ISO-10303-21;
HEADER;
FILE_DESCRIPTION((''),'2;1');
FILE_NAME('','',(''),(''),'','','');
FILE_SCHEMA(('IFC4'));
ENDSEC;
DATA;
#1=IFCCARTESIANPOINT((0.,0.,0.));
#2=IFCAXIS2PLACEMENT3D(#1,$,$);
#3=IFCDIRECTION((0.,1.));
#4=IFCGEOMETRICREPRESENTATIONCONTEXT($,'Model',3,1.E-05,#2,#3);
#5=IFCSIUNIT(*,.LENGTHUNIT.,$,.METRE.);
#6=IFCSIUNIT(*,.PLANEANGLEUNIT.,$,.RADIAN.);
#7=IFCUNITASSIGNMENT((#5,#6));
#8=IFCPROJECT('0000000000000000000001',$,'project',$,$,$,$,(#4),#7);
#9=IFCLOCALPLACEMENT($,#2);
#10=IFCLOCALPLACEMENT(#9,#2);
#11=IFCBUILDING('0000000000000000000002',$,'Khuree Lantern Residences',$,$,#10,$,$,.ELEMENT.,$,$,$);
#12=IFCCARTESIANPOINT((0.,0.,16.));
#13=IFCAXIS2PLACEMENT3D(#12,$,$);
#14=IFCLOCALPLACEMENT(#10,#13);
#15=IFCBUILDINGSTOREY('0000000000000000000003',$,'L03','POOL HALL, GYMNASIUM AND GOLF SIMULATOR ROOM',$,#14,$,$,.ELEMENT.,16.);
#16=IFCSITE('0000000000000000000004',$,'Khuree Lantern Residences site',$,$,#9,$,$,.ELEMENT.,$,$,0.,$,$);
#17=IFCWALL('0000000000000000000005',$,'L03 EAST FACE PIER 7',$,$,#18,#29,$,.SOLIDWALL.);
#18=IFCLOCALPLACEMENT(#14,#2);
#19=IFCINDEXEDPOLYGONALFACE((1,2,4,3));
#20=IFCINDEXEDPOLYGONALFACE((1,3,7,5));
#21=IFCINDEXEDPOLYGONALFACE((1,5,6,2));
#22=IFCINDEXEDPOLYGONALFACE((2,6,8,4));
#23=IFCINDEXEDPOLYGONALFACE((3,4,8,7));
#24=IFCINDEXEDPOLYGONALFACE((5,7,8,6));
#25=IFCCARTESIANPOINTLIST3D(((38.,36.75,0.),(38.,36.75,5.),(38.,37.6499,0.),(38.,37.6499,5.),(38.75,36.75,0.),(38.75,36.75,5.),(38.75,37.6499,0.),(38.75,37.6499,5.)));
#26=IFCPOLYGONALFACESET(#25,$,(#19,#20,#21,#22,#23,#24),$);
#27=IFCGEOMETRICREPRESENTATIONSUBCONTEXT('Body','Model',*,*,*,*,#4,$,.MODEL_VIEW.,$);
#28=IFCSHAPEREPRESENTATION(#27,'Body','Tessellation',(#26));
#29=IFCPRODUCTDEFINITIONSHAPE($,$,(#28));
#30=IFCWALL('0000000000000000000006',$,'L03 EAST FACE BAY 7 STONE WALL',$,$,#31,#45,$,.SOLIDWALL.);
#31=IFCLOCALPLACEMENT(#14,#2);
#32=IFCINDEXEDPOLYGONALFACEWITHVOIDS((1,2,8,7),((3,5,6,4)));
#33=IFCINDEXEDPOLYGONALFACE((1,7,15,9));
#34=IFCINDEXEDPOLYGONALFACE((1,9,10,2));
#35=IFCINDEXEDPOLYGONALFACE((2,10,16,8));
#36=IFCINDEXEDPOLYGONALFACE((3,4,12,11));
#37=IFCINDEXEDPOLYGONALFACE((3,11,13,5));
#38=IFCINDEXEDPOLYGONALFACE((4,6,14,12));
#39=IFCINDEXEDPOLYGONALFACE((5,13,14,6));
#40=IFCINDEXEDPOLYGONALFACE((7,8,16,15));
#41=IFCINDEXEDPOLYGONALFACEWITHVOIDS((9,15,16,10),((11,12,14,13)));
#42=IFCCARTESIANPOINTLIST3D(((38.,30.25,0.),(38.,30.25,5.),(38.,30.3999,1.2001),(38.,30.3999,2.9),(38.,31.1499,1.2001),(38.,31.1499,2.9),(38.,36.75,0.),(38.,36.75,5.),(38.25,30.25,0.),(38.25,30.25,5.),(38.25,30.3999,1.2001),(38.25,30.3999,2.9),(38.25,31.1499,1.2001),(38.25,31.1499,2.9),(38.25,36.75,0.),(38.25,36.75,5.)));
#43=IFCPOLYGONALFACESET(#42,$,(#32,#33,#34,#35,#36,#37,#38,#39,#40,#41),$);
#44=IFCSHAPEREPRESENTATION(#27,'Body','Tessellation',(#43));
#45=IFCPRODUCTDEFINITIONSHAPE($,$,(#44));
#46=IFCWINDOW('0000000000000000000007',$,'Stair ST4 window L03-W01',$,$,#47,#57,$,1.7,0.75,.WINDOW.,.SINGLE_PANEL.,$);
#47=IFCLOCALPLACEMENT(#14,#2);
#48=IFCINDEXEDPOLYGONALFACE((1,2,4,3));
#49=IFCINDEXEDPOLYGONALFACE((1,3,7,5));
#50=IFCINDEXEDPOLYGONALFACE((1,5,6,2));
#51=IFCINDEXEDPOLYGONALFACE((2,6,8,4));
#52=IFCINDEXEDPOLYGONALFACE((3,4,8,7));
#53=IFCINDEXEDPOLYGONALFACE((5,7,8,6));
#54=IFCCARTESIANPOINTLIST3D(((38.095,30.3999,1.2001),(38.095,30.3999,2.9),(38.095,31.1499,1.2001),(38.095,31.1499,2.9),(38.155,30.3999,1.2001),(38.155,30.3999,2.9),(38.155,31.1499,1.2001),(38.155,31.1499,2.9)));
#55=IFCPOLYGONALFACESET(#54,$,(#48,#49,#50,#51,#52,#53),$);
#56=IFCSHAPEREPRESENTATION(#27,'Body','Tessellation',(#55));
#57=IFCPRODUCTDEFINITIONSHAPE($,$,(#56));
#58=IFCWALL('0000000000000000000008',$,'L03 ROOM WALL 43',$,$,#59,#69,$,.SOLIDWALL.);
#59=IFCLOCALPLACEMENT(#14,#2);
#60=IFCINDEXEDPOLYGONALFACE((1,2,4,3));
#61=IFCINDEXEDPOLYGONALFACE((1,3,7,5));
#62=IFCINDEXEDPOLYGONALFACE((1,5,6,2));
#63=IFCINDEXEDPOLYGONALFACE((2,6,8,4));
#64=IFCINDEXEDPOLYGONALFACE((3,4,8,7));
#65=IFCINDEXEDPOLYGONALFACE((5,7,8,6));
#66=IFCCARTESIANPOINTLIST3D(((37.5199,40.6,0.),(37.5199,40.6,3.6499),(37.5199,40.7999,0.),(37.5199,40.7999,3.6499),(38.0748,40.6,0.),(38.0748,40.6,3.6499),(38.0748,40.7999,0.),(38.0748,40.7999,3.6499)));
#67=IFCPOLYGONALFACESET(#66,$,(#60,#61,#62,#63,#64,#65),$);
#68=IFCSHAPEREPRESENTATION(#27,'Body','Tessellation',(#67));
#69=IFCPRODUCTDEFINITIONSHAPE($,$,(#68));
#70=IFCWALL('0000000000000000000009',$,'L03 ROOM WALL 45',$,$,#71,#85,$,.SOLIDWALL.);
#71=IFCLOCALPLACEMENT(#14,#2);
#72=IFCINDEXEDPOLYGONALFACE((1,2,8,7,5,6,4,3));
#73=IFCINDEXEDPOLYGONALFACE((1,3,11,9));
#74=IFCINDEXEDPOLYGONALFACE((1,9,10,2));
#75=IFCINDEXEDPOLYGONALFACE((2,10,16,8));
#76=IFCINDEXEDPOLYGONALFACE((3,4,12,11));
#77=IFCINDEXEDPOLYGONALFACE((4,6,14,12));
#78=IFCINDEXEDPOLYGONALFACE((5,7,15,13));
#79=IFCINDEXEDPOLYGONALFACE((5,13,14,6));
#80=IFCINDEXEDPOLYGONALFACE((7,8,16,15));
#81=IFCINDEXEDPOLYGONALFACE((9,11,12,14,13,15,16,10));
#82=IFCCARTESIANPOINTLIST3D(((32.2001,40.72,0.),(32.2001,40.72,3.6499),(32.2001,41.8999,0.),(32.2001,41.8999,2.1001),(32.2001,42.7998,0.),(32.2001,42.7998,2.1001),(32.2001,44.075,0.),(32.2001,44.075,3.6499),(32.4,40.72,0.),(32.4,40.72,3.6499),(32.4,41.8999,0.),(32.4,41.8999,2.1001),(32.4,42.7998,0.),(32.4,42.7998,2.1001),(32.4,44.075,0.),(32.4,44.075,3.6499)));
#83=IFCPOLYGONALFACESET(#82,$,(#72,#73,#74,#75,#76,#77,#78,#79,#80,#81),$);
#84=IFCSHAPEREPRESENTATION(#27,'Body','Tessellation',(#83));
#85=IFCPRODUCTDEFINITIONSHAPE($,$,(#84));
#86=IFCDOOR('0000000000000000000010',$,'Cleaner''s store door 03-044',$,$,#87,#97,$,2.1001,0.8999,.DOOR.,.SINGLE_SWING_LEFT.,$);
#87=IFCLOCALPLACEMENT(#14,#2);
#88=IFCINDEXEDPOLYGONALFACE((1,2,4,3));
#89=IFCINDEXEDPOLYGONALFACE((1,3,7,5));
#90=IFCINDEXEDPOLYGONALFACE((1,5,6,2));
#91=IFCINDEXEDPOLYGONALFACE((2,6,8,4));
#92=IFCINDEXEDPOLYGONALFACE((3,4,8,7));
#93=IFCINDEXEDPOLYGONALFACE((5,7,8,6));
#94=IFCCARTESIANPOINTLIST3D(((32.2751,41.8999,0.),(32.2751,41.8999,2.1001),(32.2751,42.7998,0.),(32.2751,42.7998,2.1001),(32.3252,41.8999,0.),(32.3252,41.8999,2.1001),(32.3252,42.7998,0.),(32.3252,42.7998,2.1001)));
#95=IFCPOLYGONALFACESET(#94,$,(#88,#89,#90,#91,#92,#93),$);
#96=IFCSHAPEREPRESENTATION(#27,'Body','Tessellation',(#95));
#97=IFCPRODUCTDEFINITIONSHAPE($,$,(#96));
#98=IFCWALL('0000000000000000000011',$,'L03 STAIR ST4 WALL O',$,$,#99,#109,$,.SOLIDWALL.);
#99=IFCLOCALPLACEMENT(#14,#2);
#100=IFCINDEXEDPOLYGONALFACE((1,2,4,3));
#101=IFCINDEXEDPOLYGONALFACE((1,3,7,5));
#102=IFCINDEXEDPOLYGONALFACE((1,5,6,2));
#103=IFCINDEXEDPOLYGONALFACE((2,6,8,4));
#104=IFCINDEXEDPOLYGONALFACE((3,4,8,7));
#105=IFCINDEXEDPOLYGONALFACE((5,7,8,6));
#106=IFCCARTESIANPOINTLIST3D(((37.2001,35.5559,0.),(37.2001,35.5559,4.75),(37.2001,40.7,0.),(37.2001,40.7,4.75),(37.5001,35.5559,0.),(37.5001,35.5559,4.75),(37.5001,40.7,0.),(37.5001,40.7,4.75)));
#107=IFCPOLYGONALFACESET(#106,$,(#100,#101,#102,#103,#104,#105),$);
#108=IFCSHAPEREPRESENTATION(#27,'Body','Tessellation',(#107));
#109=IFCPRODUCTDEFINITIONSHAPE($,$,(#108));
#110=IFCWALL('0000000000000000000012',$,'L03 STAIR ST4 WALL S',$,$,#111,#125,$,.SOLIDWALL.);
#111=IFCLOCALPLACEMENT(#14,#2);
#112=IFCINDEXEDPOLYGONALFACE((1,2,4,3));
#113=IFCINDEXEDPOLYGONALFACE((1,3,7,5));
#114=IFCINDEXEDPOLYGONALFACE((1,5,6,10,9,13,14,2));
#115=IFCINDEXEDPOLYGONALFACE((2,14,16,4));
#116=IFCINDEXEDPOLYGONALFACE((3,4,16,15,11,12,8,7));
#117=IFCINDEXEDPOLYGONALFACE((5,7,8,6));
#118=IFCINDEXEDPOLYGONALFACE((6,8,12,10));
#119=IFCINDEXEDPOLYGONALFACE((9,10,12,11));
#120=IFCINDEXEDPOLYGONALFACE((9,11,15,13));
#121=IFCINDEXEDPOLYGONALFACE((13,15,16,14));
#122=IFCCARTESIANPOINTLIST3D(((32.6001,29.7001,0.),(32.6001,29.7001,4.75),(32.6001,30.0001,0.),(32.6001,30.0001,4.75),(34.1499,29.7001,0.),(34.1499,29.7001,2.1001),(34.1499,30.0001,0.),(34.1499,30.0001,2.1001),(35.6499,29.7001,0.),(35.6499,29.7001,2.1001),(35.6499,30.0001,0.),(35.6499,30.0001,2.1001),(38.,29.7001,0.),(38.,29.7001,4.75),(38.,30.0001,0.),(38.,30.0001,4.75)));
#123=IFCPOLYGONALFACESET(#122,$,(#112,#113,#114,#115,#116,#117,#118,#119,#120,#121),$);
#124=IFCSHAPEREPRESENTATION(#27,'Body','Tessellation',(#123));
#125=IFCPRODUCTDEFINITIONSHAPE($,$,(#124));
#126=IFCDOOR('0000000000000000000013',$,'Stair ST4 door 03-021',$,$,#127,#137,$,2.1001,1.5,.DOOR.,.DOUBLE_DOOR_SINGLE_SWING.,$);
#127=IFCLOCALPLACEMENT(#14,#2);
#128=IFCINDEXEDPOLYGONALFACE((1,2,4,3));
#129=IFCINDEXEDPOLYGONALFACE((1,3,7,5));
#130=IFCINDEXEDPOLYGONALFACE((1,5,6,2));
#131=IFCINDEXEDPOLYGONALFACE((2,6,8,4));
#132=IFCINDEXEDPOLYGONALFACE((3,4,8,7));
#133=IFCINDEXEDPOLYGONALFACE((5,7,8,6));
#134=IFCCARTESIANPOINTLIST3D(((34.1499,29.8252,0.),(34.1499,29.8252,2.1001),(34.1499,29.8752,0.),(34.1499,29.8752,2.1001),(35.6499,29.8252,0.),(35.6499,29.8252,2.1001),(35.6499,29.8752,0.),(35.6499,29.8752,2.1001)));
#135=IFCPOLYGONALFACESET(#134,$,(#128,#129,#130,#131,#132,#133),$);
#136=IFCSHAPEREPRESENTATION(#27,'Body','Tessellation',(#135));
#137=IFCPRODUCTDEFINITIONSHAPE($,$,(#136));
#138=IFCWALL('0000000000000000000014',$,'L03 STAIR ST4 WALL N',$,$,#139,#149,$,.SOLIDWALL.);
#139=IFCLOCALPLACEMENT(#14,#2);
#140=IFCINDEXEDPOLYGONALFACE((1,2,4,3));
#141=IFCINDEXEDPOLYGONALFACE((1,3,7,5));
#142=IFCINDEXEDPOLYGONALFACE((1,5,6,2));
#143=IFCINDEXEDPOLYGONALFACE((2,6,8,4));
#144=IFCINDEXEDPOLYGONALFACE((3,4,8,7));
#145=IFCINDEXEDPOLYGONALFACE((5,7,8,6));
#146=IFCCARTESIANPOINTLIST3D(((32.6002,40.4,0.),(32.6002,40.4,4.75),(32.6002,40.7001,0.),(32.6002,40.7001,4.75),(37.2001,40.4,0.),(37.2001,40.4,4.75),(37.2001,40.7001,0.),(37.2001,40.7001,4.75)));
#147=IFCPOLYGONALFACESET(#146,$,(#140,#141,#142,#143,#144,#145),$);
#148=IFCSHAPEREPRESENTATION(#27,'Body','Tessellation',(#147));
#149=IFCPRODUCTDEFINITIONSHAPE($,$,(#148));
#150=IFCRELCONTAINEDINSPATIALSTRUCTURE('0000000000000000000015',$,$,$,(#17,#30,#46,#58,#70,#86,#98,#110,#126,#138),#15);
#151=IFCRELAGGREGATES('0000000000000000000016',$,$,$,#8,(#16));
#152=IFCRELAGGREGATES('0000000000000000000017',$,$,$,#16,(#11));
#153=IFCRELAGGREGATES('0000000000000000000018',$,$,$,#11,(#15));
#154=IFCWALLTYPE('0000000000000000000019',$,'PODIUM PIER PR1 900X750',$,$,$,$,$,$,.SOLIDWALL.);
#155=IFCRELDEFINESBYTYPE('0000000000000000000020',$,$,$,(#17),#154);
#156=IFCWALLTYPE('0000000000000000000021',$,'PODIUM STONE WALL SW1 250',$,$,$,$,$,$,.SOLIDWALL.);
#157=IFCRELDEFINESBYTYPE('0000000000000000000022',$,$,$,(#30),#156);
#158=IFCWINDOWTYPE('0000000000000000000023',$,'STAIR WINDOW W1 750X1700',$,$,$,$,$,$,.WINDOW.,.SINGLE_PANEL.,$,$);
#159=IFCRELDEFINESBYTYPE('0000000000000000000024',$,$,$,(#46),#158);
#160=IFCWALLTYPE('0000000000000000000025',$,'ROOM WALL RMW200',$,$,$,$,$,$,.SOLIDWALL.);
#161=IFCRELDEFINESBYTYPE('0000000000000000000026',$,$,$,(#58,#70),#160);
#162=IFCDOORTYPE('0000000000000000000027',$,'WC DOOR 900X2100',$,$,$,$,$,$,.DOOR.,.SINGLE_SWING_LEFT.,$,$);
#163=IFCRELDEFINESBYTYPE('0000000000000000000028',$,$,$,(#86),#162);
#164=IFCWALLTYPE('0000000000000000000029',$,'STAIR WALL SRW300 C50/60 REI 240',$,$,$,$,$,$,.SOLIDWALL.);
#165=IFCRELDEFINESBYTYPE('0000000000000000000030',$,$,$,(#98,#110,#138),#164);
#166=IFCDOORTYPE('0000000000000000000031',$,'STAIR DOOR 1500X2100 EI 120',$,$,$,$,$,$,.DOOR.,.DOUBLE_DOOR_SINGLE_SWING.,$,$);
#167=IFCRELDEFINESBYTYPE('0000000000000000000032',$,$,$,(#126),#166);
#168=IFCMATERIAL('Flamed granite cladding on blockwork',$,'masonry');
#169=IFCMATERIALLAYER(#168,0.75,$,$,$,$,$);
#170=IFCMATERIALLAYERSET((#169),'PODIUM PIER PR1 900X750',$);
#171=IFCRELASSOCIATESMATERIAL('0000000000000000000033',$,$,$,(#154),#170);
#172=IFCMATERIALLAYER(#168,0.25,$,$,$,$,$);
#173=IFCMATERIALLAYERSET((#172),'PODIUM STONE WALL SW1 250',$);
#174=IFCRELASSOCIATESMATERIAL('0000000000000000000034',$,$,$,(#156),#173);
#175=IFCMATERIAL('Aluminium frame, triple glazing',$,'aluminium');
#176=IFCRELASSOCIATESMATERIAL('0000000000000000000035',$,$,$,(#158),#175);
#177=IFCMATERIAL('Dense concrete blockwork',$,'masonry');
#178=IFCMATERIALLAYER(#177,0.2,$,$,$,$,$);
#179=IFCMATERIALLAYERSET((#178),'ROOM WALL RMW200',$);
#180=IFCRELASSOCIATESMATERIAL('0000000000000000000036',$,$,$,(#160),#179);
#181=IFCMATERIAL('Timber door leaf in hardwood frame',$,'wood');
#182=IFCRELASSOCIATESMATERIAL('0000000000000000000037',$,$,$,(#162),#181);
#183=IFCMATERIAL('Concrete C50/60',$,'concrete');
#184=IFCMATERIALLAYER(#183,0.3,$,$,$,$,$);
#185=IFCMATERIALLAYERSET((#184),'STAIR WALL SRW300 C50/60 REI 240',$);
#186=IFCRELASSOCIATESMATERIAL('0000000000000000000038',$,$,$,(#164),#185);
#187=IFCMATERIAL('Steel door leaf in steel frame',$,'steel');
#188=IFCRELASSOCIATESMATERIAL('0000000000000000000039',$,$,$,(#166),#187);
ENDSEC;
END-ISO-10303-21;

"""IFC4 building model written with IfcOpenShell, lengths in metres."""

from ifc_helpers import new_model, si_unit, direction, frame, frame_2d, origin, place, context, subcontext, project, spatial, rectangle, extrude, material, layer, layer_set, type_object, element, fill, save


model = new_model("IFC4")

# Units and contexts
model_context = context("Model", 3, precision=1e-05, world=origin(), true_north=direction((0.0, 1.0)))
body_context = subcontext(model_context, "Body", "Model", "MODEL_VIEW")
ifc_project = project(units=[si_unit("LENGTHUNIT", "METRE"), si_unit("PLANEANGLEUNIT", "RADIAN")], contexts=[model_context])

# Site, building, storey
site_placement = place(None, origin())
site = spatial("IfcSite", under=ifc_project, at=site_placement, Name="Khuree Lantern Residences site", CompositionType="ELEMENT", RefElevation=0.0)
building_placement = place(site_placement, origin())
building = spatial("IfcBuilding", under=site, at=building_placement, Name="Khuree Lantern Residences", CompositionType="ELEMENT")
storey_placement = place(building_placement, frame((0.0, 0.0, 16.0)))
storey = spatial("IfcBuildingStorey", under=building, at=storey_placement, Name="L03", Description="POOL HALL, GYMNASIUM AND GOLF SIMULATOR ROOM", CompositionType="ELEMENT", Elevation=16.0)

# Wall
ifc_material_1 = material(Name="Dense concrete blockwork", Category="masonry")
ifc_material_2 = material(Name="Flamed granite cladding on blockwork", Category="masonry")
ifc_layer_1 = layer(ifc_material_2, 0.75)
ifc_layer_set_1 = layer_set([ifc_layer_1], Name="PODIUM PIER PR1 900X750")
wall_type_1 = type_object("IfcWallType", Name="PODIUM PIER PR1 900X750", PredefinedType="SOLIDWALL", material=ifc_layer_set_1)
wall_1_placement = place(storey_placement, frame((38.375, 36.75, 0.0), z_axis=(0.0, 0.0, 1.0), x_axis=(0.0, 1.0, 0.0)))
element("IfcWall", 1, at=wall_1_placement, inside=storey, type_object=wall_type_1, Name="L03 EAST FACE PIER 7", PredefinedType="SOLIDWALL", context=body_context, shape_type="SweptSolid", body=[
    extrude(rectangle(XDim=0.8999, YDim=0.75, at=frame_2d((0.45, 0.0))), origin(), (0.0, 0.0, 1.0), 5.0),
])

# Wall, opening, window
ifc_layer_2 = layer(ifc_material_2, 0.25)
ifc_layer_set_2 = layer_set([ifc_layer_2], Name="PODIUM STONE WALL SW1 250")
wall_type_2 = type_object("IfcWallType", Name="PODIUM STONE WALL SW1 250", PredefinedType="SOLIDWALL", material=ifc_layer_set_2)
wall_2_placement = place(storey_placement, frame((38.125, 30.25, 0.0), z_axis=(0.0, 0.0, 1.0), x_axis=(0.0, 1.0, 0.0)))
wall_2 = element("IfcWall", 2, at=wall_2_placement, inside=storey, type_object=wall_type_2, Name="L03 EAST FACE BAY 7 STONE WALL", PredefinedType="SOLIDWALL", context=body_context, shape_type="SweptSolid", body=[
    extrude(rectangle(XDim=6.5, YDim=0.25, at=frame_2d((3.25, 0.0))), origin(), (0.0, 0.0, 1.0), 5.0),
])
opening_1_placement = place(wall_2_placement, frame((0.1499, 0.0, 1.2)))
opening_1 = element("IfcOpeningElement", 3, at=opening_1_placement, cuts=wall_2, PredefinedType="OPENING", context=body_context, shape_type="SweptSolid", body=[
    extrude(rectangle(XDim=0.75, YDim=1.7, at=frame_2d((0.375, 0.8501))), frame((0.0, 0.135, 0.0), z_axis=(0.0, -1.0, 0.0), x_axis=(1.0, 0.0, 0.0)), (0.0, 0.0, 1.0), 0.27),
])
ifc_material_3 = material(Name="Aluminium frame, triple glazing", Category="aluminium")
window_type = type_object("IfcWindowType", Name="STAIR WINDOW W1 750X1700", PartitioningType="SINGLE_PANEL", PredefinedType="WINDOW", material=ifc_material_3)
window_placement = place(opening_1_placement, origin())
window = element("IfcWindow", 4, at=window_placement, inside=storey, type_object=window_type, Name="Stair ST4 window L03-W01", OverallHeight=1.7, OverallWidth=0.75, PartitioningType="SINGLE_PANEL", PredefinedType="WINDOW", context=body_context, shape_type="SweptSolid", body=[
    extrude(rectangle(XDim=0.75, YDim=1.7, at=frame_2d((0.375, 0.8501))), frame((0.0, 0.03, 0.0), z_axis=(0.0, -1.0, 0.0), x_axis=(1.0, 0.0, 0.0)), (0.0, 0.0, 1.0), 0.0601),
])
fill(opening_1, window)

# Wall
ifc_layer_3 = layer(ifc_material_1, 0.2)
ifc_layer_set_3 = layer_set([ifc_layer_3], Name="ROOM WALL RMW200")
wall_type_3 = type_object("IfcWallType", Name="ROOM WALL RMW200", PredefinedType="SOLIDWALL", material=ifc_layer_set_3)
wall_3_placement = place(storey_placement, frame((37.52, 40.7, 0.0), z_axis=(0.0, 0.0, 1.0), x_axis=(1.0, 0.0, 0.0)))
element("IfcWall", 5, at=wall_3_placement, inside=storey, type_object=wall_type_3, Name="L03 ROOM WALL 43", PredefinedType="SOLIDWALL", context=body_context, shape_type="SweptSolid", body=[
    extrude(rectangle(XDim=0.5549, YDim=0.2, at=frame_2d((0.2773, 0.0))), origin(), (0.0, 0.0, 1.0), 3.6499),
])

# Wall, opening, door
wall_4_placement = place(storey_placement, frame((32.3, 40.72, 0.0), z_axis=(0.0, 0.0, 1.0), x_axis=(0.0, 1.0, 0.0)))
wall_4 = element("IfcWall", 6, at=wall_4_placement, inside=storey, type_object=wall_type_3, Name="L03 ROOM WALL 45", PredefinedType="SOLIDWALL", context=body_context, shape_type="SweptSolid", body=[
    extrude(rectangle(XDim=3.355, YDim=0.2, at=frame_2d((1.6775, 0.0))), origin(), (0.0, 0.0, 1.0), 3.6499),
])
opening_2_placement = place(wall_4_placement, frame((1.1799, 0.0, 0.0)))
opening_2 = element("IfcOpeningElement", 7, at=opening_2_placement, cuts=wall_4, PredefinedType="OPENING", context=body_context, shape_type="SweptSolid", body=[
    extrude(rectangle(XDim=0.8999, YDim=2.1001, at=frame_2d((0.45, 1.05))), frame((0.0, 0.1099, 0.0), z_axis=(0.0, -1.0, 0.0), x_axis=(1.0, 0.0, 0.0)), (0.0, 0.0, 1.0), 0.22),
])
ifc_material_4 = material(Name="Timber door leaf in hardwood frame", Category="wood")
door_type_1 = type_object("IfcDoorType", Name="WC DOOR 900X2100", OperationType="SINGLE_SWING_LEFT", PredefinedType="DOOR", material=ifc_material_4)
door_1_placement = place(opening_2_placement, origin())
door_1 = element("IfcDoor", 8, at=door_1_placement, inside=storey, type_object=door_type_1, Name="Cleaner's store door 03-044", OperationType="SINGLE_SWING_LEFT", OverallHeight=2.1001, OverallWidth=0.8999, PredefinedType="DOOR", context=body_context, shape_type="SweptSolid", body=[
    extrude(rectangle(XDim=0.8999, YDim=2.1001, at=frame_2d((0.45, 1.05))), frame((0.0, 0.0249, 0.0), z_axis=(0.0, -1.0, 0.0), x_axis=(1.0, 0.0, 0.0)), (0.0, 0.0, 1.0), 0.05),
])
fill(opening_2, door_1)

# Wall
ifc_material_5 = material(Name="Concrete C50/60", Category="concrete")
ifc_layer_4 = layer(ifc_material_5, 0.3)
ifc_layer_set_4 = layer_set([ifc_layer_4], Name="STAIR WALL SRW300 C50/60 REI 240")
wall_type_4 = type_object("IfcWallType", Name="STAIR WALL SRW300 C50/60 REI 240", PredefinedType="SOLIDWALL", material=ifc_layer_set_4)
wall_5_placement = place(storey_placement, frame((37.3501, 35.5559, 0.0), z_axis=(0.0, 0.0, 1.0), x_axis=(0.0, 1.0, 0.0)))
element("IfcWall", 9, at=wall_5_placement, inside=storey, type_object=wall_type_4, Name="L03 STAIR ST4 WALL O", PredefinedType="SOLIDWALL", context=body_context, shape_type="SweptSolid", body=[
    extrude(rectangle(XDim=5.144, YDim=0.3, at=frame_2d((2.572, 0.0))), origin(), (0.0, 0.0, 1.0), 4.75),
])

# Wall, opening, door
wall_6_placement = place(storey_placement, frame((38.0, 29.8501, 0.0), z_axis=(0.0, 0.0, 1.0), x_axis=(-1.0, 0.0, 0.0)))
wall_6 = element("IfcWall", 10, at=wall_6_placement, inside=storey, type_object=wall_type_4, Name="L03 STAIR ST4 WALL S", PredefinedType="SOLIDWALL", context=body_context, shape_type="SweptSolid", body=[
    extrude(rectangle(XDim=5.3999, YDim=0.3, at=frame_2d((2.7, 0.0))), origin(), (0.0, 0.0, 1.0), 4.75),
])
opening_3_placement = place(wall_6_placement, frame((2.3501, 0.0, 0.0)))
opening_3 = element("IfcOpeningElement", 11, at=opening_3_placement, cuts=wall_6, PredefinedType="OPENING", context=body_context, shape_type="SweptSolid", body=[
    extrude(rectangle(XDim=1.5, YDim=2.1001, at=frame_2d((0.75, 1.05))), frame((0.0, 0.1602, 0.0), z_axis=(0.0, -1.0, 0.0), x_axis=(1.0, 0.0, 0.0)), (0.0, 0.0, 1.0), 0.3201),
])
ifc_material_6 = material(Name="Steel door leaf in steel frame", Category="steel")
door_type_2 = type_object("IfcDoorType", Name="STAIR DOOR 1500X2100 EI 120", OperationType="DOUBLE_DOOR_SINGLE_SWING", PredefinedType="DOOR", material=ifc_material_6)
door_2_placement = place(opening_3_placement, origin())
door_2 = element("IfcDoor", 12, at=door_2_placement, inside=storey, type_object=door_type_2, Name="Stair ST4 door 03-021", OperationType="DOUBLE_DOOR_SINGLE_SWING", OverallHeight=2.1001, OverallWidth=1.5, PredefinedType="DOOR", context=body_context, shape_type="SweptSolid", body=[
    extrude(rectangle(XDim=1.5, YDim=2.1001, at=frame_2d((0.75, 1.05))), frame((0.0, 0.0249, 0.0), z_axis=(0.0, -1.0, 0.0), x_axis=(1.0, 0.0, 0.0)), (0.0, 0.0, 1.0), 0.05),
])
fill(opening_3, door_2)

# Wall
wall_7_placement = place(storey_placement, frame((37.2, 40.55, 0.0), z_axis=(0.0, 0.0, 1.0), x_axis=(-1.0, 0.0, 0.0)))
element("IfcWall", 13, at=wall_7_placement, inside=storey, type_object=wall_type_4, Name="L03 STAIR ST4 WALL N", PredefinedType="SOLIDWALL", context=body_context, shape_type="SweptSolid", body=[
    extrude(rectangle(XDim=4.5999, YDim=0.3, at=frame_2d((2.2998, 0.0))), origin(), (0.0, 0.0, 1.0), 4.75),
])

save(model, "model.ifc")
